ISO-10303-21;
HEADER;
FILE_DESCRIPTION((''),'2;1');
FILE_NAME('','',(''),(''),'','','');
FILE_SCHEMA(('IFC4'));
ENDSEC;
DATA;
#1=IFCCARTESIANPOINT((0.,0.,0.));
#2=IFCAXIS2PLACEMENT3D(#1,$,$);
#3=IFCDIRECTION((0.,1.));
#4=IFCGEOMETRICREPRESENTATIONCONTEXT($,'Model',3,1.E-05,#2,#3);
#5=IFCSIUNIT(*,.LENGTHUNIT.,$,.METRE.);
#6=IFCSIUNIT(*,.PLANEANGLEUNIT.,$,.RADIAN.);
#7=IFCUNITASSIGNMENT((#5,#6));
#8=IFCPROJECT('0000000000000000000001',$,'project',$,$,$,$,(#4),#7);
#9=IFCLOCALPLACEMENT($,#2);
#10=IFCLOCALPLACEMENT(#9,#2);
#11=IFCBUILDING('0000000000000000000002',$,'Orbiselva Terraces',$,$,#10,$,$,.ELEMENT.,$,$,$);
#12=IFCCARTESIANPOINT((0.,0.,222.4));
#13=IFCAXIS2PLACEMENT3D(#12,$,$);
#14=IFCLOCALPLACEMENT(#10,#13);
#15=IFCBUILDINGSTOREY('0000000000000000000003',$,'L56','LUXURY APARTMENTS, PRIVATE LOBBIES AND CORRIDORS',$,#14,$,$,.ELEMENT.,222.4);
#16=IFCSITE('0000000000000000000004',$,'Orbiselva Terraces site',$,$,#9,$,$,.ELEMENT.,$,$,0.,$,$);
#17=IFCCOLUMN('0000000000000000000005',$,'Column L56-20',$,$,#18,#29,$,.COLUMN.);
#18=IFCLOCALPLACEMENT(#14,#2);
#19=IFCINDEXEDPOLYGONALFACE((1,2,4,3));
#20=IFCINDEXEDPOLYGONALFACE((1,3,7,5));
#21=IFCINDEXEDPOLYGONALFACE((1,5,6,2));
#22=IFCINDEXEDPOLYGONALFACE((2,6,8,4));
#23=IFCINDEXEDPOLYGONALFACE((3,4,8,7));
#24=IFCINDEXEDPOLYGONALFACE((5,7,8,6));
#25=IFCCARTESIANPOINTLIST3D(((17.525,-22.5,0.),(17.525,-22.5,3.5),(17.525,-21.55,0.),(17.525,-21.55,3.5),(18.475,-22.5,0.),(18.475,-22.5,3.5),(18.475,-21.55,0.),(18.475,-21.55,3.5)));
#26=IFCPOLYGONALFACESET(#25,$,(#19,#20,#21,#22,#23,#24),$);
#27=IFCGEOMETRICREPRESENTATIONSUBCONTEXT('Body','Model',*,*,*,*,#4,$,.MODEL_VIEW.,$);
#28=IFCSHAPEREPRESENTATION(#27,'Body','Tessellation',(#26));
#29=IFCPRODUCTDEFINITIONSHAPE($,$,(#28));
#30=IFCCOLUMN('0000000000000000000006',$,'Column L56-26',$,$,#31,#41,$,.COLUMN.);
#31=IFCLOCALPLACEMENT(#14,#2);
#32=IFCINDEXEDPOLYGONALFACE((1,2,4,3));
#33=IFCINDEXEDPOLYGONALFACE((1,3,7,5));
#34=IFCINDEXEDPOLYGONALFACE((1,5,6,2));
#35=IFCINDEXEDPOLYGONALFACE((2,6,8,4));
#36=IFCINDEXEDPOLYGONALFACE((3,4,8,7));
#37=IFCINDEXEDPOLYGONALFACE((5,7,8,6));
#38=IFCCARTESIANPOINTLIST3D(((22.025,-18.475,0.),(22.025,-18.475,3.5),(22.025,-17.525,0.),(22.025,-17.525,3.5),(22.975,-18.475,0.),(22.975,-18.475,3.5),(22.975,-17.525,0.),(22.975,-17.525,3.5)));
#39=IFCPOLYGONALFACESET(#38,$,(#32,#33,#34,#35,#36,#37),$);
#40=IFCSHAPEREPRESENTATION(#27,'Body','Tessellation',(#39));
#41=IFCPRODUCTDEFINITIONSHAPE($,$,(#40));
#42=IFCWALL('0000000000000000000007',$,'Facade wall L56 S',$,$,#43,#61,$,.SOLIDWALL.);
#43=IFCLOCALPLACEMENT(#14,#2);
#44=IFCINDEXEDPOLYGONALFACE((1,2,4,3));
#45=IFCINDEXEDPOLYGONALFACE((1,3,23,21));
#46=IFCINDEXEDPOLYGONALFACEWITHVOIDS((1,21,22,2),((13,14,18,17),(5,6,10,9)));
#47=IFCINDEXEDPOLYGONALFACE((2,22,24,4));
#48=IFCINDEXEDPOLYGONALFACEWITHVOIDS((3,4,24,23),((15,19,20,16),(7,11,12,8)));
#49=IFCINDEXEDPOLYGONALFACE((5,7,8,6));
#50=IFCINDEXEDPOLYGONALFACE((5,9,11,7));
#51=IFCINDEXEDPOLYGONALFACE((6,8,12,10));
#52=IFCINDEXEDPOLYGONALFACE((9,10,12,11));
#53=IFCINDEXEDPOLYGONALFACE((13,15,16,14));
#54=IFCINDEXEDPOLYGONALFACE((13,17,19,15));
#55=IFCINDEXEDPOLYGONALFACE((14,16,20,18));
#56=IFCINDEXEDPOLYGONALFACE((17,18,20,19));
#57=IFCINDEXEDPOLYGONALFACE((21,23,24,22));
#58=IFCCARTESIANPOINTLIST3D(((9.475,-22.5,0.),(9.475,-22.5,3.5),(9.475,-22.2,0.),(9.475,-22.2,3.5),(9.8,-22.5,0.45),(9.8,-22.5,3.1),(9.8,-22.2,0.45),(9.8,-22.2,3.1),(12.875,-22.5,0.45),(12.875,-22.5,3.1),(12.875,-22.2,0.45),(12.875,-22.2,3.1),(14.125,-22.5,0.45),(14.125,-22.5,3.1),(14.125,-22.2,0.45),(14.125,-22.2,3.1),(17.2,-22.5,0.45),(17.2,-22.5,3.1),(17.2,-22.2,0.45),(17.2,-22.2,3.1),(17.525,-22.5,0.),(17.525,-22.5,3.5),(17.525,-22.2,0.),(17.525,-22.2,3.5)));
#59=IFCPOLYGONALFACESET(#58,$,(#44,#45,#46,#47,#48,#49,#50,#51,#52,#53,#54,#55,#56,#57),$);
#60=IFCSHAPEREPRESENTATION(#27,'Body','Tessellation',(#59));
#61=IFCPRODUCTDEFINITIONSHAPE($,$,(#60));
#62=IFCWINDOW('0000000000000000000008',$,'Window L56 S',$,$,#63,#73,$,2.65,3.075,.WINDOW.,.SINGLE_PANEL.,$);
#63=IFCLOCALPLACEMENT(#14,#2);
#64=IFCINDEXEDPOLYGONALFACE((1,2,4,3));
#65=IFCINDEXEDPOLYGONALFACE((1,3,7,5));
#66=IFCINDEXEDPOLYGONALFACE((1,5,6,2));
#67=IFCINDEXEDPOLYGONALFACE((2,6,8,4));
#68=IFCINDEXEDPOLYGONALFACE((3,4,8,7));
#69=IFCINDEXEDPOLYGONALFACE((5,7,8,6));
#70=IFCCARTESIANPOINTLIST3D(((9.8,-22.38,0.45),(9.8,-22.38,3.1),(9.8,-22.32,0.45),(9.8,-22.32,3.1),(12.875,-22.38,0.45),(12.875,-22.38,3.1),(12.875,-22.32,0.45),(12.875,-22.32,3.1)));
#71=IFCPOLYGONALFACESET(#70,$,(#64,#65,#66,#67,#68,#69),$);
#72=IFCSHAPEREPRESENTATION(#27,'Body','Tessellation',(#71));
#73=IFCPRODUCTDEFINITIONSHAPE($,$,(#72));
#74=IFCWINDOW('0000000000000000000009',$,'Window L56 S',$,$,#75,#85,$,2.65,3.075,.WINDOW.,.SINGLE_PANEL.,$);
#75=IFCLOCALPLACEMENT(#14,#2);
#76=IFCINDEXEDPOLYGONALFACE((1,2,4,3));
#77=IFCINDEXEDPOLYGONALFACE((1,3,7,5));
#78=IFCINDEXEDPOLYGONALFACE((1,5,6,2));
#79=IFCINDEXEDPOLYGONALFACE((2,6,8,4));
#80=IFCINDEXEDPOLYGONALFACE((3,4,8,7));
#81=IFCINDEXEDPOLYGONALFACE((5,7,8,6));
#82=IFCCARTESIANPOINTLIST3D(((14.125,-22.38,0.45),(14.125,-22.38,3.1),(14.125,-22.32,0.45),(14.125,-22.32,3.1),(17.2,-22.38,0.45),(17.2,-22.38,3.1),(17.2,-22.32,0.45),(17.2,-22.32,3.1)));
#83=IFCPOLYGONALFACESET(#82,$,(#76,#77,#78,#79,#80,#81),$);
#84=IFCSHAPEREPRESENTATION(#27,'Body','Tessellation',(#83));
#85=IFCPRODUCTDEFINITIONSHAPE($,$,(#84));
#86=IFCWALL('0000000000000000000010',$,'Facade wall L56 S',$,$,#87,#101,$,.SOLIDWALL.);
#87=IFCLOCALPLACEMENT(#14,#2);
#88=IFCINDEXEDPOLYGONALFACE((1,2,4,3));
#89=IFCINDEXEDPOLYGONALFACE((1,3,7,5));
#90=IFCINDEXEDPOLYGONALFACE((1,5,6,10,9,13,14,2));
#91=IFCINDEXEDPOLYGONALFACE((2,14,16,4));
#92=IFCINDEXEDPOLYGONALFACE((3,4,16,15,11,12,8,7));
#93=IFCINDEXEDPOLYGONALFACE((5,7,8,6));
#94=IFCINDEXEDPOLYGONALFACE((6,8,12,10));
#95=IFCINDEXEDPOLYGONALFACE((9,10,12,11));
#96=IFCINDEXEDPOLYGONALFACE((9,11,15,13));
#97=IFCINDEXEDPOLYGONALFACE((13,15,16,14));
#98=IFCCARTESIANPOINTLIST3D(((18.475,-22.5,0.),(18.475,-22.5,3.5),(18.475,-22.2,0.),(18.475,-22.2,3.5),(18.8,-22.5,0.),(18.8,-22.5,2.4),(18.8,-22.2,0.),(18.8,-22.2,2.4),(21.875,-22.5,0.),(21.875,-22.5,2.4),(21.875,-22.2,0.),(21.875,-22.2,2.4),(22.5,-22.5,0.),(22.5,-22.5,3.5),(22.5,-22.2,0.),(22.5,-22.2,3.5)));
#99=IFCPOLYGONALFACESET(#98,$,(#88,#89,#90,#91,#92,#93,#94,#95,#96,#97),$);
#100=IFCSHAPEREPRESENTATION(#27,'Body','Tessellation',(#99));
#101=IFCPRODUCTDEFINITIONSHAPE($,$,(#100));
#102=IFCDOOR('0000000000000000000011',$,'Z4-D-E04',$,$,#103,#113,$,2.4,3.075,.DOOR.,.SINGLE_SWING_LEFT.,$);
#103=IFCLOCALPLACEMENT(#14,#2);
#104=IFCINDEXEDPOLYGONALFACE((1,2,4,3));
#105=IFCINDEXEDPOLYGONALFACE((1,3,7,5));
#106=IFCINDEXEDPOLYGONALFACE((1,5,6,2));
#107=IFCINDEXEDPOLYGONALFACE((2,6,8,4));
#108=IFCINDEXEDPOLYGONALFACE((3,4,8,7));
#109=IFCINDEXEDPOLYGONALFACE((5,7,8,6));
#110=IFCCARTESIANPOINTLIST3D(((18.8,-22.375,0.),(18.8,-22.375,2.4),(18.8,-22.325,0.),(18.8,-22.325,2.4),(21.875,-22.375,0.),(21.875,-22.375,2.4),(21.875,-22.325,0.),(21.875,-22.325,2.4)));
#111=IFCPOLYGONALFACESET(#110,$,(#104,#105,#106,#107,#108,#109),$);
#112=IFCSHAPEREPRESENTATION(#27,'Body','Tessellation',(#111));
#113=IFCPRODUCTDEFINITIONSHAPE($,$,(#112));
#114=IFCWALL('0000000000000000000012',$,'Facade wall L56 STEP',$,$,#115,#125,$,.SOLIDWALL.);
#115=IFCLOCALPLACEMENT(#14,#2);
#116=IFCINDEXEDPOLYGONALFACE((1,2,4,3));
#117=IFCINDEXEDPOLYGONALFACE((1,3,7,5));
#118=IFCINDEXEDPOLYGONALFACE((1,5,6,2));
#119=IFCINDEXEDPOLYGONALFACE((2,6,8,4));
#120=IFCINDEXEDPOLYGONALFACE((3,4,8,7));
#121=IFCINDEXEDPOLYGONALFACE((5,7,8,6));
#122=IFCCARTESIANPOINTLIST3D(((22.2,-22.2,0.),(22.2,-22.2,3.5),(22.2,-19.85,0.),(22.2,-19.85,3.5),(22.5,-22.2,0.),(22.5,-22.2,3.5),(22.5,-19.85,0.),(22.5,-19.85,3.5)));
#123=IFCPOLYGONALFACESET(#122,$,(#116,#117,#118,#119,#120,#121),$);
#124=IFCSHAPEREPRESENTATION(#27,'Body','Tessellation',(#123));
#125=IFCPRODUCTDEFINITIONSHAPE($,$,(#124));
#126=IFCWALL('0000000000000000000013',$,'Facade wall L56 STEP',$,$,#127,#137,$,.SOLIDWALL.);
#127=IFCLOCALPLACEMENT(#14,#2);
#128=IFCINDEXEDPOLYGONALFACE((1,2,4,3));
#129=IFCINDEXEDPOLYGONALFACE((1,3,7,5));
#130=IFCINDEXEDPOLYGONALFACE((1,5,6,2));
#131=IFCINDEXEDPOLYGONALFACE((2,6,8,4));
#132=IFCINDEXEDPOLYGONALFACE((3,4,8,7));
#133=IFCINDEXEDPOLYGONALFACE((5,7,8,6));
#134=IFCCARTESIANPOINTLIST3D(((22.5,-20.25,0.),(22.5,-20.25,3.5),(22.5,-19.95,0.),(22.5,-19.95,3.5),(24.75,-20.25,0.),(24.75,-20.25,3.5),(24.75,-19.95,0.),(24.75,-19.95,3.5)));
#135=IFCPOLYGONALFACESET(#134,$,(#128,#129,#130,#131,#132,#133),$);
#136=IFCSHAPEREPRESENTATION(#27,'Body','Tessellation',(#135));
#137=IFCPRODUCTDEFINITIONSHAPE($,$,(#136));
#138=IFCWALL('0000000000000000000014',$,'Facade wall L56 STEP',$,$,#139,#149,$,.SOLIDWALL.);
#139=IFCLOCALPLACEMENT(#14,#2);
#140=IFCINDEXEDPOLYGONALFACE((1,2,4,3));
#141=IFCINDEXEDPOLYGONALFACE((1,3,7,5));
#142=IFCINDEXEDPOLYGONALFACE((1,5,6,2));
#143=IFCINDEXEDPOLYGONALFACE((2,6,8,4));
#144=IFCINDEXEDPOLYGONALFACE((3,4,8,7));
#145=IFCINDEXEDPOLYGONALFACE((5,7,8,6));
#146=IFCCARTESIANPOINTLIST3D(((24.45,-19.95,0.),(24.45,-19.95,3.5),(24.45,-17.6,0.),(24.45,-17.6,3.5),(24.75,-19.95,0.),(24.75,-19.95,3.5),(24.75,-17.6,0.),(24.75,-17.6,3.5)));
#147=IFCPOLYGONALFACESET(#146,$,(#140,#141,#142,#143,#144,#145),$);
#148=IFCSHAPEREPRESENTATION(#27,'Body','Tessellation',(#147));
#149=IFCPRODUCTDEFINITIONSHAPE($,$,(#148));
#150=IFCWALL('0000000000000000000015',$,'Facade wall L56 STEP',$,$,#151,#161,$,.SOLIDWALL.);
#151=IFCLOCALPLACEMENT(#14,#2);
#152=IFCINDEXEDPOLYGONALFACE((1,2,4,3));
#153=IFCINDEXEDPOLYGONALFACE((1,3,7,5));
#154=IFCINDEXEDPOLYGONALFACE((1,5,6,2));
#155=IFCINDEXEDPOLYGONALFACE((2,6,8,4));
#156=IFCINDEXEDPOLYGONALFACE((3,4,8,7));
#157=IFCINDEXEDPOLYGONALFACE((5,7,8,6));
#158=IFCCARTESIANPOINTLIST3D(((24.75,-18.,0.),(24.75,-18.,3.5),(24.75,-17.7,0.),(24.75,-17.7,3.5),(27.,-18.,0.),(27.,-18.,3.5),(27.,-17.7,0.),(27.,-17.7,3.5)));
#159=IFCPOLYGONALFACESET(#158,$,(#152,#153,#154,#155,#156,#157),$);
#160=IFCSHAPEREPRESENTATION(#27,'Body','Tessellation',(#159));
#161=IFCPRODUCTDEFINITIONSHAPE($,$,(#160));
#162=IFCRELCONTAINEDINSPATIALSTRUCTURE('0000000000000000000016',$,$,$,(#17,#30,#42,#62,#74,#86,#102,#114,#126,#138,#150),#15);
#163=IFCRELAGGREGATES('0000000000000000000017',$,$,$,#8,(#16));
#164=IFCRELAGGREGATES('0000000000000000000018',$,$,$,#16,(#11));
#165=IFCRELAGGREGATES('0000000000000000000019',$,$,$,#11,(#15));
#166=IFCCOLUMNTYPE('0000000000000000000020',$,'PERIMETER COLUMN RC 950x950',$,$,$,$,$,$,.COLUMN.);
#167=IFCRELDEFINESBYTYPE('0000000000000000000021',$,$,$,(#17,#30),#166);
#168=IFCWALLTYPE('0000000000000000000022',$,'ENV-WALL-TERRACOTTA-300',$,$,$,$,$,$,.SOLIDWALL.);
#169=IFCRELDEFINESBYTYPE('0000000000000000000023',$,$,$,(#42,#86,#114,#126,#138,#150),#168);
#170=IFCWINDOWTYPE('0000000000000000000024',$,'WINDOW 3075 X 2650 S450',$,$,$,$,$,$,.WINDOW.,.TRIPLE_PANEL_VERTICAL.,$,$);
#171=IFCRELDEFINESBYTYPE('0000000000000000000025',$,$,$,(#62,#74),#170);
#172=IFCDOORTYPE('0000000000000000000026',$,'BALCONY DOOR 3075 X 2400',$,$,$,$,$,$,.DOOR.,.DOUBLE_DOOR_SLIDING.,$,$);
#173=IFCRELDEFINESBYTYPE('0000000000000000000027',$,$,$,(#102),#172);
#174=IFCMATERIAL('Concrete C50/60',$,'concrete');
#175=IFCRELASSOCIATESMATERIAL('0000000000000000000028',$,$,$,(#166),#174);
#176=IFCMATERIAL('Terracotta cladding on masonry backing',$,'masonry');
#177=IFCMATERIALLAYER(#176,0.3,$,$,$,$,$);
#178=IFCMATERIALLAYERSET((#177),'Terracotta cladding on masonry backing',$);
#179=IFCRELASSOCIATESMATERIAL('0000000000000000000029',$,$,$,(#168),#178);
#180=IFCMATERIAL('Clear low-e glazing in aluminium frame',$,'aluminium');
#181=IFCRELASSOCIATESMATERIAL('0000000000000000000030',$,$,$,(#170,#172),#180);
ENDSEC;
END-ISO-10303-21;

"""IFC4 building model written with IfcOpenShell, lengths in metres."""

from ifc_helpers import new_model, si_unit, direction, frame, frame_2d, origin, origin_2d, place, context, subcontext, project, spatial, rectangle, extrude, material, layer, layer_set, material_profile, profile_set, type_object, element, fill, save


model = new_model("IFC4")

# Units and contexts
model_context = context("Model", 3, precision=1e-05, world=origin(), true_north=direction((0.0, 1.0)))
body_context = subcontext(model_context, "Body", "Model", "MODEL_VIEW")
ifc_project = project(units=[si_unit("LENGTHUNIT", "METRE"), si_unit("PLANEANGLEUNIT", "RADIAN")], contexts=[model_context])

# Site, building, storey
site_placement = place(None, origin())
site = spatial("IfcSite", under=ifc_project, at=site_placement, Name="Orbiselva Terraces site", CompositionType="ELEMENT", RefElevation=0.0)
building_placement = place(site_placement, origin())
building = spatial("IfcBuilding", under=site, at=building_placement, Name="Orbiselva Terraces", CompositionType="ELEMENT")
storey_placement = place(building_placement, frame((0.0, 0.0, 222.4)))
storey = spatial("IfcBuildingStorey", under=building, at=storey_placement, Name="L56", Description="LUXURY APARTMENTS, PRIVATE LOBBIES AND CORRIDORS", CompositionType="ELEMENT", Elevation=222.4)

# Columns
ifc_material_1 = material(Name="Concrete C50/60", Category="concrete")
ifc_material_profile = material_profile(ifc_material_1, rectangle(XDim=0.95, YDim=0.95, at=origin_2d()), Name="RC 950x950")
ifc_profile_set = profile_set([ifc_material_profile], Name="Concrete C50/60")
column_type = type_object("IfcColumnType", Name="PERIMETER COLUMN RC 950x950", PredefinedType="COLUMN", material=ifc_profile_set)
for number, where, z_axis, x_axis, name in (
    (1, (18.0, -22.025, 0.0), (0.0, 0.0, 1.0), (1.0, 0.0, 0.0), "Column L56-20"),
    (2, (22.5, -18.0, 0.0), (0.0, 0.0, 1.0), (1.0, 0.0, 0.0), "Column L56-26"),
):
    element("IfcColumn", number, at=place(storey_placement, frame(where, z_axis=z_axis, x_axis=x_axis)), inside=storey, type_object=column_type, Name=name, PredefinedType="COLUMN", context=body_context, shape_type="SweptSolid", body=[
        extrude(rectangle(XDim=0.95, YDim=0.95, at=origin_2d()), origin(), (0.0, 0.0, 1.0), 3.5),
    ])

# Wall, openings, windows
ifc_material_2 = material(Name="Terracotta cladding on masonry backing", Category="masonry")
ifc_layer_1 = layer(ifc_material_2, 0.3)
ifc_layer_set_1 = layer_set([ifc_layer_1], Name="Terracotta cladding on masonry backing")
wall_type_1 = type_object("IfcWallType", Name="ENV-WALL-TERRACOTTA-300", PredefinedType="SOLIDWALL", material=ifc_layer_set_1)
wall_1_placement = place(storey_placement, frame((17.525, -22.35, 0.0), z_axis=(0.0, 0.0, 1.0), x_axis=(-1.0, 0.0, 0.0)))
wall_1 = element("IfcWall", 3, at=wall_1_placement, inside=storey, type_object=wall_type_1, Name="Facade wall L56 S", PredefinedType="SOLIDWALL", context=body_context, shape_type="SweptSolid", body=[
    extrude(rectangle(XDim=8.05, YDim=0.3, at=frame_2d((4.025, 0.0))), origin(), (0.0, 0.0, 1.0), 3.5),
])
opening_1_placement = place(wall_1_placement, frame((4.65, 0.0, 0.45)))
opening_1 = element("IfcOpeningElement", 4, at=opening_1_placement, cuts=wall_1, PredefinedType="OPENING", context=body_context, shape_type="SweptSolid", body=[
    extrude(rectangle(XDim=3.075, YDim=2.65, at=frame_2d((1.5375, 1.325))), frame((0.0, 0.16, 0.0), z_axis=(0.0, -1.0, 0.0), x_axis=(1.0, 0.0, 0.0)), (0.0, 0.0, 1.0), 0.32),
])
opening_2_placement = place(wall_1_placement, frame((0.325, 0.0, 0.45)))
opening_2 = element("IfcOpeningElement", 5, at=opening_2_placement, cuts=wall_1, PredefinedType="OPENING", context=body_context, shape_type="SweptSolid", body=[
    extrude(rectangle(XDim=3.075, YDim=2.65, at=frame_2d((1.5375, 1.325))), frame((0.0, 0.16, 0.0), z_axis=(0.0, -1.0, 0.0), x_axis=(1.0, 0.0, 0.0)), (0.0, 0.0, 1.0), 0.32),
])
ifc_material_3 = material(Name="Clear low-e glazing in aluminium frame", Category="aluminium")
window_type = type_object("IfcWindowType", Name="WINDOW 3075 X 2650 S450", PartitioningType="TRIPLE_PANEL_VERTICAL", PredefinedType="WINDOW", material=ifc_material_3)
window_1_placement = place(opening_1_placement, origin())
window_1 = element("IfcWindow", 6, at=window_1_placement, inside=storey, type_object=window_type, Name="Window L56 S", OverallHeight=2.65, OverallWidth=3.075, PartitioningType="SINGLE_PANEL", PredefinedType="WINDOW", context=body_context, shape_type="SweptSolid", body=[
    extrude(rectangle(XDim=3.075, YDim=2.65, at=frame_2d((1.5375, 1.325))), frame((0.0, 0.03, 0.0), z_axis=(0.0, -1.0, 0.0), x_axis=(1.0, 0.0, 0.0)), (0.0, 0.0, 1.0), 0.06),
])
fill(opening_1, window_1)
window_2_placement = place(opening_2_placement, origin())
window_2 = element("IfcWindow", 7, at=window_2_placement, inside=storey, type_object=window_type, Name="Window L56 S", OverallHeight=2.65, OverallWidth=3.075, PartitioningType="SINGLE_PANEL", PredefinedType="WINDOW", context=body_context, shape_type="SweptSolid", body=[
    extrude(rectangle(XDim=3.075, YDim=2.65, at=frame_2d((1.5375, 1.325))), frame((0.0, 0.03, 0.0), z_axis=(0.0, -1.0, 0.0), x_axis=(1.0, 0.0, 0.0)), (0.0, 0.0, 1.0), 0.06),
])
fill(opening_2, window_2)

# Wall, opening, door
wall_2_placement = place(storey_placement, frame((22.5, -22.35, 0.0), z_axis=(0.0, 0.0, 1.0), x_axis=(-1.0, 0.0, 0.0)))
wall_2 = element("IfcWall", 8, at=wall_2_placement, inside=storey, type_object=wall_type_1, Name="Facade wall L56 S", PredefinedType="SOLIDWALL", context=body_context, shape_type="SweptSolid", body=[
    extrude(rectangle(XDim=4.025, YDim=0.3, at=frame_2d((2.0125, 0.0))), origin(), (0.0, 0.0, 1.0), 3.5),
])
opening_3_placement = place(wall_2_placement, frame((0.625, 0.0, 0.0)))
opening_3 = element("IfcOpeningElement", 9, at=opening_3_placement, cuts=wall_2, PredefinedType="OPENING", context=body_context, shape_type="SweptSolid", body=[
    extrude(rectangle(XDim=3.075, YDim=2.4, at=frame_2d((1.5375, 1.2))), frame((0.0, 0.16, 0.0), z_axis=(0.0, -1.0, 0.0), x_axis=(1.0, 0.0, 0.0)), (0.0, 0.0, 1.0), 0.32),
])
door_type_1 = type_object("IfcDoorType", Name="BALCONY DOOR 3075 X 2400", OperationType="DOUBLE_DOOR_SLIDING", PredefinedType="DOOR", material=ifc_material_3)
door_1_placement = place(opening_3_placement, origin())
door_1 = element("IfcDoor", 10, at=door_1_placement, inside=storey, type_object=door_type_1, Name="Z4-D-E04", OperationType="SINGLE_SWING_LEFT", OverallHeight=2.4, OverallWidth=3.075, PredefinedType="DOOR", context=body_context, shape_type="SweptSolid", body=[
    extrude(rectangle(XDim=3.075, YDim=2.4, at=frame_2d((1.5375, 1.2))), frame((0.0, 0.025, 0.0), z_axis=(0.0, -1.0, 0.0), x_axis=(1.0, 0.0, 0.0)), (0.0, 0.0, 1.0), 0.05),
])
fill(opening_3, door_1)

# Walls
wall_3_placement = place(storey_placement, frame((22.35, -19.85, 0.0), z_axis=(0.0, 0.0, 1.0), x_axis=(0.0, -1.0, 0.0)))
element("IfcWall", 11, at=wall_3_placement, inside=storey, type_object=wall_type_1, Name="Facade wall L56 STEP", PredefinedType="SOLIDWALL", context=body_context, shape_type="SweptSolid", body=[
    extrude(rectangle(XDim=2.35, YDim=0.3, at=frame_2d((1.175, 0.0))), origin(), (0.0, 0.0, 1.0), 3.5),
])
wall_4_placement = place(storey_placement, frame((24.75, -20.1, 0.0), z_axis=(0.0, 0.0, 1.0), x_axis=(-1.0, 0.0, 0.0)))
element("IfcWall", 12, at=wall_4_placement, inside=storey, type_object=wall_type_1, Name="Facade wall L56 STEP", PredefinedType="SOLIDWALL", context=body_context, shape_type="SweptSolid", body=[
    extrude(rectangle(XDim=2.25, YDim=0.3, at=frame_2d((1.125, 0.0))), origin(), (0.0, 0.0, 1.0), 3.5),
])
wall_5_placement = place(storey_placement, frame((24.6, -17.6, 0.0), z_axis=(0.0, 0.0, 1.0), x_axis=(0.0, -1.0, 0.0)))
element("IfcWall", 13, at=wall_5_placement, inside=storey, type_object=wall_type_1, Name="Facade wall L56 STEP", PredefinedType="SOLIDWALL", context=body_context, shape_type="SweptSolid", body=[
    extrude(rectangle(XDim=2.35, YDim=0.3, at=frame_2d((1.175, 0.0))), origin(), (0.0, 0.0, 1.0), 3.5),
])
wall_6_placement = place(storey_placement, frame((27.0, -17.85, 0.0), z_axis=(0.0, 0.0, 1.0), x_axis=(-1.0, 0.0, 0.0)))
element("IfcWall", 14, at=wall_6_placement, inside=storey, type_object=wall_type_1, Name="Facade wall L56 STEP", PredefinedType="SOLIDWALL", context=body_context, shape_type="SweptSolid", body=[
    extrude(rectangle(XDim=2.25, YDim=0.3, at=frame_2d((1.125, 0.0))), origin(), (0.0, 0.0, 1.0), 3.5),
])

save(model, "model.ifc")
